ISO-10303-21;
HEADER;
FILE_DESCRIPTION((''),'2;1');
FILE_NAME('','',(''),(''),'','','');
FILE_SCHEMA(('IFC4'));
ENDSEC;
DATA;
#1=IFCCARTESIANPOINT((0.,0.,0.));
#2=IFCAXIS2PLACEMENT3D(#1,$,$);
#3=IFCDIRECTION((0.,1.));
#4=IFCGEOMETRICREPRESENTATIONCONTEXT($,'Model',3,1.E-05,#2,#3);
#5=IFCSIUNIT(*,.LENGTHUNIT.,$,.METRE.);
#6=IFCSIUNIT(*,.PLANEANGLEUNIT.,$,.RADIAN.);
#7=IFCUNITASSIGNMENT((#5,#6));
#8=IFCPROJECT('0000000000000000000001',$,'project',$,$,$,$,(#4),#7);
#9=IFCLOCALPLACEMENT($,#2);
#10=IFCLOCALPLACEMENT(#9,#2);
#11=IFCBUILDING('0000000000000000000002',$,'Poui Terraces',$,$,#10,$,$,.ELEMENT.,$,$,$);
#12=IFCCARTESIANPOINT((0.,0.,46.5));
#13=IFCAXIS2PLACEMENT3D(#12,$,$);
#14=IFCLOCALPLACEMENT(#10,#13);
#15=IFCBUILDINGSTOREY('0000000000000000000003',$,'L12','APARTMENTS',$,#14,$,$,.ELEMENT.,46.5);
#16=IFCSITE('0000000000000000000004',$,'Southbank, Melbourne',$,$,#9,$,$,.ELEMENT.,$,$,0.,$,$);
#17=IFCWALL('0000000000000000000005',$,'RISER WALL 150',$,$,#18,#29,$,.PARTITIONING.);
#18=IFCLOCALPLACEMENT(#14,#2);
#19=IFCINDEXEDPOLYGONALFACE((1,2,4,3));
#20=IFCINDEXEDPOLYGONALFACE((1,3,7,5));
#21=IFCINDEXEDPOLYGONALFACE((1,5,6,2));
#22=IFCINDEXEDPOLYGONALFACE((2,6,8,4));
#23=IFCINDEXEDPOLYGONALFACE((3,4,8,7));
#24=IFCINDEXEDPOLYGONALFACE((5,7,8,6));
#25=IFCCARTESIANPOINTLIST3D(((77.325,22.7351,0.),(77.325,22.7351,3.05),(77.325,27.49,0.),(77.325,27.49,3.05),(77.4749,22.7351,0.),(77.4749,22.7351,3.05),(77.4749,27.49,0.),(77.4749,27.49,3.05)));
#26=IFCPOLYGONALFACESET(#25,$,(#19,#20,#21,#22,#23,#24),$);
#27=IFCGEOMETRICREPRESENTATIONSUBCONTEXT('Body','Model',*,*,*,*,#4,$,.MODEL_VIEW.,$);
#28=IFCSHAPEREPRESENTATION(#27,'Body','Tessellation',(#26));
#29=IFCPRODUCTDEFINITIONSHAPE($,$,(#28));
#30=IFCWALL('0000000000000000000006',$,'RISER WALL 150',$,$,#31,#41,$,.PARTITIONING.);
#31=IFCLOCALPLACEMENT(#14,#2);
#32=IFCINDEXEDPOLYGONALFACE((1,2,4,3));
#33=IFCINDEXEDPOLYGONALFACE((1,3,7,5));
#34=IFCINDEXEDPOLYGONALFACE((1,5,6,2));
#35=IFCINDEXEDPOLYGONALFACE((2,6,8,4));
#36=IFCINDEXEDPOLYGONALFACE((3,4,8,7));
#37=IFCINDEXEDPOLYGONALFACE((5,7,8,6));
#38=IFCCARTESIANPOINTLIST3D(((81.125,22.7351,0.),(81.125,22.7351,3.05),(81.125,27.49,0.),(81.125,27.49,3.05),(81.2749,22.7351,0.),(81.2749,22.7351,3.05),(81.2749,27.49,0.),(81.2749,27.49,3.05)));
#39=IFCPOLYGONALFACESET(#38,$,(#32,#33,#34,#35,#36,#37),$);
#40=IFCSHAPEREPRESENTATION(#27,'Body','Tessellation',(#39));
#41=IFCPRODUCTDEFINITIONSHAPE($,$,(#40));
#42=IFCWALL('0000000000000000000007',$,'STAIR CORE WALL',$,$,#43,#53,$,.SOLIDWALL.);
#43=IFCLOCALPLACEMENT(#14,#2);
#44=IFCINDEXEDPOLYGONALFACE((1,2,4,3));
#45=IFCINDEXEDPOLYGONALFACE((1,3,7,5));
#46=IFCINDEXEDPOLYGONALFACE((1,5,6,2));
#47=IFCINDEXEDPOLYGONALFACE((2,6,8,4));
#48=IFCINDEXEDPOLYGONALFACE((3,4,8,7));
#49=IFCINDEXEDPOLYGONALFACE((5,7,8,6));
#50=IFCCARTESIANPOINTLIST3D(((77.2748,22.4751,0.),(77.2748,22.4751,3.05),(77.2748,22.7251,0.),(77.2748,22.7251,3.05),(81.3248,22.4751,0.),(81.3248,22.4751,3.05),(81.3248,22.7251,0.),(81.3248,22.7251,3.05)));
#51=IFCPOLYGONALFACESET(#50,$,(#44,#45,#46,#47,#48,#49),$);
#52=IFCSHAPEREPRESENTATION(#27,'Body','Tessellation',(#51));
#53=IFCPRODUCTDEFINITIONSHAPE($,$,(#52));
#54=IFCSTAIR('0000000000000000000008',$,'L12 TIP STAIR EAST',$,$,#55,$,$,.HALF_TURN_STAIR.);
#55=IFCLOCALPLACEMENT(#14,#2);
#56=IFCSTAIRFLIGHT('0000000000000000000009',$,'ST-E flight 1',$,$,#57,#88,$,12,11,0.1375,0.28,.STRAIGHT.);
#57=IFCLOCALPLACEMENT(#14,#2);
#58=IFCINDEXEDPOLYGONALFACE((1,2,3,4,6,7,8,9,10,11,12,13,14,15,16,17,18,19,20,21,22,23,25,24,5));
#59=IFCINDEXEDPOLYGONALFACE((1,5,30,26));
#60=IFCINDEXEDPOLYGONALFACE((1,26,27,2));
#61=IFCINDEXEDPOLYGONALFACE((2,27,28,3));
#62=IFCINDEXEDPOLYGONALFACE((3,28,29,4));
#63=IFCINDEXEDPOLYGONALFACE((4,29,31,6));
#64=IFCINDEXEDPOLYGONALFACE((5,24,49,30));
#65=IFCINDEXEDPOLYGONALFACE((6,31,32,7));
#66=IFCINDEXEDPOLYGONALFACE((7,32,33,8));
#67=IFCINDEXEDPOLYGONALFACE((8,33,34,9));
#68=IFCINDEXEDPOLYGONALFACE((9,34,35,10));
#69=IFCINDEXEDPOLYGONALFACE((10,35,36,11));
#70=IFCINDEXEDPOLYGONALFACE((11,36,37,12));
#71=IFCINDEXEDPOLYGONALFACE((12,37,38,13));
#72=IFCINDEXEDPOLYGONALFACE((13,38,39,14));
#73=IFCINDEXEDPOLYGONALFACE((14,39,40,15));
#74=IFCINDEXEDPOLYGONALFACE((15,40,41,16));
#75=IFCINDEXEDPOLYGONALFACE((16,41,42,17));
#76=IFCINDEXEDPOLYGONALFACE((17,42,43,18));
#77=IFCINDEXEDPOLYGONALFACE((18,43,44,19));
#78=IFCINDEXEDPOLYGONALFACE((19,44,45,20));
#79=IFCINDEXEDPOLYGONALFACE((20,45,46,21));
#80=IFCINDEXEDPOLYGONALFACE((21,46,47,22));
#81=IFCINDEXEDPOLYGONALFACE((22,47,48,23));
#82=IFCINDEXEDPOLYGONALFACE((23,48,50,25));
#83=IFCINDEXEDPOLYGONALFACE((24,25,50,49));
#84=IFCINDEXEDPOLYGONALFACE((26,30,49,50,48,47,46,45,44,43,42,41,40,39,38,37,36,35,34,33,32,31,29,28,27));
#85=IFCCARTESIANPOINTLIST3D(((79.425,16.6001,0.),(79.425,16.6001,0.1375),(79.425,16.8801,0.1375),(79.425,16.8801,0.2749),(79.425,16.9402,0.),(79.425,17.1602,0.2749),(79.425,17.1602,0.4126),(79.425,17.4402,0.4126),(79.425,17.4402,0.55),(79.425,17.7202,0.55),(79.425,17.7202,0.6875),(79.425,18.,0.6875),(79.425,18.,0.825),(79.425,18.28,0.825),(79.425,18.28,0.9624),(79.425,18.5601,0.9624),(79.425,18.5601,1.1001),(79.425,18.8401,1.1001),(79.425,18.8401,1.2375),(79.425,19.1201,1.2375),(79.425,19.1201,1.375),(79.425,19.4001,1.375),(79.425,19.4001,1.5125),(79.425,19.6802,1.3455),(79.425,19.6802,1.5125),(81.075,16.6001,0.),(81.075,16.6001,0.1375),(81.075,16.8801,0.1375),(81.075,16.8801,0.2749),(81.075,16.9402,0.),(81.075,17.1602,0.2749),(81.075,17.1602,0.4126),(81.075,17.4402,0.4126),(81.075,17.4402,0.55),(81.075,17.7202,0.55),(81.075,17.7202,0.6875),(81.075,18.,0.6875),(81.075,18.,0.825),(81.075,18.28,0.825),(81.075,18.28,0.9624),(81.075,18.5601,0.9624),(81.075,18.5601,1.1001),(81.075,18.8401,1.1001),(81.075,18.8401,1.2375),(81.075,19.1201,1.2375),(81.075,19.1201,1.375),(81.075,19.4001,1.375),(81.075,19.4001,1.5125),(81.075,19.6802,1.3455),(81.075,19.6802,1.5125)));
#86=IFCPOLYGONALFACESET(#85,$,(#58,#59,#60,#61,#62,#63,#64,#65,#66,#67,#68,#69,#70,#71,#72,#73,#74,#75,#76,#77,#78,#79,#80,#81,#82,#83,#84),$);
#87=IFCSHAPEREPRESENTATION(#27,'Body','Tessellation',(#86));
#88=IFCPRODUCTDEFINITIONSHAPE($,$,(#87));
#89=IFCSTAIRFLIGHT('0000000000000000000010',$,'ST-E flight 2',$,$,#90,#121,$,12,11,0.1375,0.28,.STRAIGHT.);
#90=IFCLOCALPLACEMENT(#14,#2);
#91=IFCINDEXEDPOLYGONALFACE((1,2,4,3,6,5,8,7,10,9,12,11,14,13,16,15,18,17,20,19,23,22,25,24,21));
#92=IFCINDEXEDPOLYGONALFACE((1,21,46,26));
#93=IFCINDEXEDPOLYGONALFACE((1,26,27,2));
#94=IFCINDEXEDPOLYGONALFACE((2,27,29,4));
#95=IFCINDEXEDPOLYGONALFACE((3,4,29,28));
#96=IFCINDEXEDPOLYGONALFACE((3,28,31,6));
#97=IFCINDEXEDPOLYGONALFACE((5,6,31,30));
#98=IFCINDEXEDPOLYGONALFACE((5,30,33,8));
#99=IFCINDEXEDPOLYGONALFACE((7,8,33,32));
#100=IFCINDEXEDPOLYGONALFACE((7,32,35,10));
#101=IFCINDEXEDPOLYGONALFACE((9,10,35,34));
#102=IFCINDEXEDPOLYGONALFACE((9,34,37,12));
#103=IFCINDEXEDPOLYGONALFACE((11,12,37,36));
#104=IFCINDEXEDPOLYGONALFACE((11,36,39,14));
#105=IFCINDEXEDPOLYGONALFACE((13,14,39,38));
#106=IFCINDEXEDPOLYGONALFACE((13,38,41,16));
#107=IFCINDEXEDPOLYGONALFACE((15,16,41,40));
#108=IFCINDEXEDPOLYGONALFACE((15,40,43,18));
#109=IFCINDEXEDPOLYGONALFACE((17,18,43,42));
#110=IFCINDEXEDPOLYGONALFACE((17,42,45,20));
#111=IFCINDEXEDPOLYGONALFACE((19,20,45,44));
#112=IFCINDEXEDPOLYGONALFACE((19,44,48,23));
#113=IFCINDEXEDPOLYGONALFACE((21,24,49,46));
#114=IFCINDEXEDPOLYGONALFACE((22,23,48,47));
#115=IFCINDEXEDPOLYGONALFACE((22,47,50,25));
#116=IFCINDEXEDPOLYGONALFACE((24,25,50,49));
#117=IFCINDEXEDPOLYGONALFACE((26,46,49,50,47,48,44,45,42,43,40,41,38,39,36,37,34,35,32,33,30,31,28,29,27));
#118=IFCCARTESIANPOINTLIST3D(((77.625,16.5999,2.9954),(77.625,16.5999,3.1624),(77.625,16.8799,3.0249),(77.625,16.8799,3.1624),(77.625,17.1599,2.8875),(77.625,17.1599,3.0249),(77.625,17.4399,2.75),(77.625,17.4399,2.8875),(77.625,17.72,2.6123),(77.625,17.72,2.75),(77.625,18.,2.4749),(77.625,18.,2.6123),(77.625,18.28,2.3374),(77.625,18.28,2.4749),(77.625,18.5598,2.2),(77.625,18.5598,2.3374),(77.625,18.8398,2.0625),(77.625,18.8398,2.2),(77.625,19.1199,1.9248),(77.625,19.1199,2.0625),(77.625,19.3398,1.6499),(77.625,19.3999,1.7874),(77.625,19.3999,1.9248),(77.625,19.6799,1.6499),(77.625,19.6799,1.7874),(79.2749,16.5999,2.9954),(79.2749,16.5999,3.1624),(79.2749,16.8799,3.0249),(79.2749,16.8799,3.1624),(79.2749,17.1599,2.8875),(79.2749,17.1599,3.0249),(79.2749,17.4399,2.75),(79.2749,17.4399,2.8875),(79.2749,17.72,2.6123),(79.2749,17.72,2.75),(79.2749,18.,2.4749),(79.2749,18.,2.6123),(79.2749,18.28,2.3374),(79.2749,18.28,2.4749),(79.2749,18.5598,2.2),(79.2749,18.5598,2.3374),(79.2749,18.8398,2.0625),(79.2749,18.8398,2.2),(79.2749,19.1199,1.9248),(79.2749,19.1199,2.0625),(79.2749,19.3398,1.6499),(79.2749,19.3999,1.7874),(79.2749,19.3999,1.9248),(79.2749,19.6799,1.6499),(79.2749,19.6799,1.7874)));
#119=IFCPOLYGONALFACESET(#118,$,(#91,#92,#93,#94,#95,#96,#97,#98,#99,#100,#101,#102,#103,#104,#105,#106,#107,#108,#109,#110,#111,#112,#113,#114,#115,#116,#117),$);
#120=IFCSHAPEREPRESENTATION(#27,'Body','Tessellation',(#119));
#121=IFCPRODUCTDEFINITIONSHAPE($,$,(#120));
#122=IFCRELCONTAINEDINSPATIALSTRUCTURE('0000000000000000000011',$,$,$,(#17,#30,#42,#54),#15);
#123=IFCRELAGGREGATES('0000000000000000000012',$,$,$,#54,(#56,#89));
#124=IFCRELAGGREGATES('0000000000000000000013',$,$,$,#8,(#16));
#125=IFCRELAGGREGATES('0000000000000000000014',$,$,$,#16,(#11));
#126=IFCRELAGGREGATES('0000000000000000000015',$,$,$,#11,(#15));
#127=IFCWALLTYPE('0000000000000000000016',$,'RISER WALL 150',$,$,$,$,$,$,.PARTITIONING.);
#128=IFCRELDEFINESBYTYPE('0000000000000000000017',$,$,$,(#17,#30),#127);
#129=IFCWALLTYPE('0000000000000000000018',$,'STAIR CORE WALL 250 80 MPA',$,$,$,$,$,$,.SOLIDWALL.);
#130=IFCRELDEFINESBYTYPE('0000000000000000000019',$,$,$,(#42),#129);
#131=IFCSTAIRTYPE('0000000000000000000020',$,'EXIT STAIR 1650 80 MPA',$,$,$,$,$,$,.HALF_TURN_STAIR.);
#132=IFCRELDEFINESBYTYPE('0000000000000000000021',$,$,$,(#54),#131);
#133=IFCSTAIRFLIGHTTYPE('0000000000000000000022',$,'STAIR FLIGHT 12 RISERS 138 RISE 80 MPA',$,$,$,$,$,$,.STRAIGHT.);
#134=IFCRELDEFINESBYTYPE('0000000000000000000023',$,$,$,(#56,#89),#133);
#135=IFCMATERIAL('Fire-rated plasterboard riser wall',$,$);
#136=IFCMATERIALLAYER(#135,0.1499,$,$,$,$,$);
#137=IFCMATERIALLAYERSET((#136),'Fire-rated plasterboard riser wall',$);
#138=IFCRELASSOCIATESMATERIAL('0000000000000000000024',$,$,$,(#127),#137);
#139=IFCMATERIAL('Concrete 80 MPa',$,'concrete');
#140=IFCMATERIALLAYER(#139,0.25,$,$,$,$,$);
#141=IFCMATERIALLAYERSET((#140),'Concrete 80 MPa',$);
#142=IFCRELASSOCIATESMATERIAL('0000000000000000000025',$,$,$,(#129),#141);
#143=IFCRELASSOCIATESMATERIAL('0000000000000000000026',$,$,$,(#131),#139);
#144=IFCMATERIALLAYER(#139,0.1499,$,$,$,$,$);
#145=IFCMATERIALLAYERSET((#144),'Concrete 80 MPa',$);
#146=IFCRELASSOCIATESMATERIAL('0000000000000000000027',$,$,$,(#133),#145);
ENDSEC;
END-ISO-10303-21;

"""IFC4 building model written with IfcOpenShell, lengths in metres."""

from ifc_helpers import new_model, si_unit, direction, frame, frame_2d, origin, place, context, subcontext, project, spatial, polyline, rectangle, outline, extrude, material, layer, layer_set, type_object, element, aggregate, save


model = new_model("IFC4")

# Units and contexts
model_context = context("Model", 3, precision=1e-05, world=origin(), true_north=direction((0.0, 1.0)))
body_context = subcontext(model_context, "Body", "Model", "MODEL_VIEW")
ifc_project = project(units=[si_unit("LENGTHUNIT", "METRE"), si_unit("PLANEANGLEUNIT", "RADIAN")], contexts=[model_context])

# Site, building, storey
site_placement = place(None, origin())
site = spatial("IfcSite", under=ifc_project, at=site_placement, Name="Southbank, Melbourne", CompositionType="ELEMENT", RefElevation=0.0)
building_placement = place(site_placement, origin())
building = spatial("IfcBuilding", under=site, at=building_placement, Name="Poui Terraces", CompositionType="ELEMENT")
storey_placement = place(building_placement, frame((0.0, 0.0, 46.5)))
storey = spatial("IfcBuildingStorey", under=building, at=storey_placement, Name="L12", Description="APARTMENTS", CompositionType="ELEMENT", Elevation=46.5)

# Shared definitions
ifc_material_1 = material(Name="Concrete 80 MPa", Category="concrete")

# Walls
ifc_material_2 = material(Name="Fire-rated plasterboard riser wall")
ifc_layer_1 = layer(ifc_material_2, 0.1499)
ifc_layer_set_1 = layer_set([ifc_layer_1], Name="Fire-rated plasterboard riser wall")
wall_type_1 = type_object("IfcWallType", Name="RISER WALL 150", PredefinedType="PARTITIONING", material=ifc_layer_set_1)
for number, where, z_axis, x_axis, name in (
    (1, (77.3999, 22.7351, 0.0), (0.0, 0.0, 1.0), (0.0, 1.0, 0.0), "RISER WALL 150"),
    (2, (81.2, 22.7351, 0.0), (0.0, 0.0, 1.0), (0.0, 1.0, 0.0), "RISER WALL 150"),
):
    element("IfcWall", number, at=place(storey_placement, frame(where, z_axis=z_axis, x_axis=x_axis)), inside=storey, type_object=wall_type_1, Name=name, PredefinedType="PARTITIONING", context=body_context, shape_type="SweptSolid", body=[
        extrude(rectangle(XDim=4.7549, YDim=0.1499, at=frame_2d((2.3774, 0.0))), origin(), (0.0, 0.0, 1.0), 3.05),
    ])
ifc_layer_2 = layer(ifc_material_1, 0.25)
ifc_layer_set_2 = layer_set([ifc_layer_2], Name="Concrete 80 MPa")
wall_type_2 = type_object("IfcWallType", Name="STAIR CORE WALL 250 80 MPA", PredefinedType="SOLIDWALL", material=ifc_layer_set_2)
wall_1_placement = place(storey_placement, frame((77.2749, 22.6001, 0.0), z_axis=(0.0, 0.0, 1.0), x_axis=(1.0, 0.0, 0.0)))
element("IfcWall", 3, at=wall_1_placement, inside=storey, type_object=wall_type_2, Name="STAIR CORE WALL", PredefinedType="SOLIDWALL", context=body_context, shape_type="SweptSolid", body=[
    extrude(rectangle(XDim=4.05, YDim=0.25, at=frame_2d((2.0249, 0.0))), origin(), (0.0, 0.0, 1.0), 3.05),
])

# Stair, stair flights
stair_type = type_object("IfcStairType", Name="EXIT STAIR 1650 80 MPA", PredefinedType="HALF_TURN_STAIR", material=ifc_material_1)
stair_placement = place(storey_placement, origin())
stair = element("IfcStair", 4, at=stair_placement, inside=storey, type_object=stair_type, Name="L12 TIP STAIR EAST", PredefinedType="HALF_TURN_STAIR")
ifc_layer_3 = layer(ifc_material_1, 0.1499)
ifc_layer_set_3 = layer_set([ifc_layer_3], Name="Concrete 80 MPa")
stair_flight_type = type_object("IfcStairFlightType", Name="STAIR FLIGHT 12 RISERS 138 RISE 80 MPA", PredefinedType="STRAIGHT", material=ifc_layer_set_3)
stair_flight_1_placement = place(storey_placement, frame((80.25, 16.6001, 0.0), z_axis=(0.0, 0.0, 1.0), x_axis=(0.0, 1.0, 0.0)))
stair_flight_1 = element("IfcStairFlight", 5, at=stair_flight_1_placement, type_object=stair_flight_type, Name="ST-E flight 1", NumberOfRisers=12, NumberOfTreads=11, PredefinedType="STRAIGHT", RiserHeight=0.1375, TreadLength=0.28, context=body_context, shape_type="SweptSolid", body=[
    extrude(outline(polyline([(0.0, 0.0), (0.0, 0.1375), (0.28, 0.1375), (0.28, 0.2749), (0.5601, 0.2749), (0.5601, 0.4126), (0.8401, 0.4126), (0.8401, 0.55), (1.1201, 0.55), (1.1201, 0.6875), (1.3999, 0.6875), (1.3999, 0.825), (1.6799, 0.825), (1.6799, 0.9624), (1.96, 0.9624), (1.96, 1.1001), (2.24, 1.1001), (2.24, 1.2375), (2.52, 1.2375), (2.52, 1.375), (2.8, 1.375), (2.8, 1.5125), (3.0801, 1.5125), (3.0801, 1.6499), (3.0801, 1.3455), (0.3401, 0.0), (0.0, 0.0)])), frame((0.0, 0.825, 0.0), z_axis=(0.0, -1.0, 0.0), x_axis=(1.0, 0.0, 0.0)), (0.0, 0.0, 1.0), 1.6499),
])
stair_flight_2_placement = place(storey_placement, frame((78.45, 19.6799, 1.6499), z_axis=(0.0, 0.0, 1.0), x_axis=(0.0, -1.0, 0.0)))
stair_flight_2 = element("IfcStairFlight", 6, at=stair_flight_2_placement, type_object=stair_flight_type, Name="ST-E flight 2", NumberOfRisers=12, NumberOfTreads=11, PredefinedType="STRAIGHT", RiserHeight=0.1375, TreadLength=0.28, context=body_context, shape_type="SweptSolid", body=[
    extrude(outline(polyline([(0.0, 0.0), (0.0, 0.1375), (0.28, 0.1375), (0.28, 0.2749), (0.5601, 0.2749), (0.5601, 0.4126), (0.8401, 0.4126), (0.8401, 0.55), (1.1201, 0.55), (1.1201, 0.6875), (1.3999, 0.6875), (1.3999, 0.825), (1.6799, 0.825), (1.6799, 0.9624), (1.96, 0.9624), (1.96, 1.1001), (2.24, 1.1001), (2.24, 1.2375), (2.52, 1.2375), (2.52, 1.375), (2.8, 1.375), (2.8, 1.5125), (3.0801, 1.5125), (3.0801, 1.6499), (3.0801, 1.3455), (0.3401, 0.0), (0.0, 0.0)])), frame((0.0, 0.825, 0.0), z_axis=(0.0, -1.0, 0.0), x_axis=(1.0, 0.0, 0.0)), (0.0, 0.0, 1.0), 1.6499),
])
aggregate(stair, [stair_flight_1, stair_flight_2])

save(model, "model.ifc")
